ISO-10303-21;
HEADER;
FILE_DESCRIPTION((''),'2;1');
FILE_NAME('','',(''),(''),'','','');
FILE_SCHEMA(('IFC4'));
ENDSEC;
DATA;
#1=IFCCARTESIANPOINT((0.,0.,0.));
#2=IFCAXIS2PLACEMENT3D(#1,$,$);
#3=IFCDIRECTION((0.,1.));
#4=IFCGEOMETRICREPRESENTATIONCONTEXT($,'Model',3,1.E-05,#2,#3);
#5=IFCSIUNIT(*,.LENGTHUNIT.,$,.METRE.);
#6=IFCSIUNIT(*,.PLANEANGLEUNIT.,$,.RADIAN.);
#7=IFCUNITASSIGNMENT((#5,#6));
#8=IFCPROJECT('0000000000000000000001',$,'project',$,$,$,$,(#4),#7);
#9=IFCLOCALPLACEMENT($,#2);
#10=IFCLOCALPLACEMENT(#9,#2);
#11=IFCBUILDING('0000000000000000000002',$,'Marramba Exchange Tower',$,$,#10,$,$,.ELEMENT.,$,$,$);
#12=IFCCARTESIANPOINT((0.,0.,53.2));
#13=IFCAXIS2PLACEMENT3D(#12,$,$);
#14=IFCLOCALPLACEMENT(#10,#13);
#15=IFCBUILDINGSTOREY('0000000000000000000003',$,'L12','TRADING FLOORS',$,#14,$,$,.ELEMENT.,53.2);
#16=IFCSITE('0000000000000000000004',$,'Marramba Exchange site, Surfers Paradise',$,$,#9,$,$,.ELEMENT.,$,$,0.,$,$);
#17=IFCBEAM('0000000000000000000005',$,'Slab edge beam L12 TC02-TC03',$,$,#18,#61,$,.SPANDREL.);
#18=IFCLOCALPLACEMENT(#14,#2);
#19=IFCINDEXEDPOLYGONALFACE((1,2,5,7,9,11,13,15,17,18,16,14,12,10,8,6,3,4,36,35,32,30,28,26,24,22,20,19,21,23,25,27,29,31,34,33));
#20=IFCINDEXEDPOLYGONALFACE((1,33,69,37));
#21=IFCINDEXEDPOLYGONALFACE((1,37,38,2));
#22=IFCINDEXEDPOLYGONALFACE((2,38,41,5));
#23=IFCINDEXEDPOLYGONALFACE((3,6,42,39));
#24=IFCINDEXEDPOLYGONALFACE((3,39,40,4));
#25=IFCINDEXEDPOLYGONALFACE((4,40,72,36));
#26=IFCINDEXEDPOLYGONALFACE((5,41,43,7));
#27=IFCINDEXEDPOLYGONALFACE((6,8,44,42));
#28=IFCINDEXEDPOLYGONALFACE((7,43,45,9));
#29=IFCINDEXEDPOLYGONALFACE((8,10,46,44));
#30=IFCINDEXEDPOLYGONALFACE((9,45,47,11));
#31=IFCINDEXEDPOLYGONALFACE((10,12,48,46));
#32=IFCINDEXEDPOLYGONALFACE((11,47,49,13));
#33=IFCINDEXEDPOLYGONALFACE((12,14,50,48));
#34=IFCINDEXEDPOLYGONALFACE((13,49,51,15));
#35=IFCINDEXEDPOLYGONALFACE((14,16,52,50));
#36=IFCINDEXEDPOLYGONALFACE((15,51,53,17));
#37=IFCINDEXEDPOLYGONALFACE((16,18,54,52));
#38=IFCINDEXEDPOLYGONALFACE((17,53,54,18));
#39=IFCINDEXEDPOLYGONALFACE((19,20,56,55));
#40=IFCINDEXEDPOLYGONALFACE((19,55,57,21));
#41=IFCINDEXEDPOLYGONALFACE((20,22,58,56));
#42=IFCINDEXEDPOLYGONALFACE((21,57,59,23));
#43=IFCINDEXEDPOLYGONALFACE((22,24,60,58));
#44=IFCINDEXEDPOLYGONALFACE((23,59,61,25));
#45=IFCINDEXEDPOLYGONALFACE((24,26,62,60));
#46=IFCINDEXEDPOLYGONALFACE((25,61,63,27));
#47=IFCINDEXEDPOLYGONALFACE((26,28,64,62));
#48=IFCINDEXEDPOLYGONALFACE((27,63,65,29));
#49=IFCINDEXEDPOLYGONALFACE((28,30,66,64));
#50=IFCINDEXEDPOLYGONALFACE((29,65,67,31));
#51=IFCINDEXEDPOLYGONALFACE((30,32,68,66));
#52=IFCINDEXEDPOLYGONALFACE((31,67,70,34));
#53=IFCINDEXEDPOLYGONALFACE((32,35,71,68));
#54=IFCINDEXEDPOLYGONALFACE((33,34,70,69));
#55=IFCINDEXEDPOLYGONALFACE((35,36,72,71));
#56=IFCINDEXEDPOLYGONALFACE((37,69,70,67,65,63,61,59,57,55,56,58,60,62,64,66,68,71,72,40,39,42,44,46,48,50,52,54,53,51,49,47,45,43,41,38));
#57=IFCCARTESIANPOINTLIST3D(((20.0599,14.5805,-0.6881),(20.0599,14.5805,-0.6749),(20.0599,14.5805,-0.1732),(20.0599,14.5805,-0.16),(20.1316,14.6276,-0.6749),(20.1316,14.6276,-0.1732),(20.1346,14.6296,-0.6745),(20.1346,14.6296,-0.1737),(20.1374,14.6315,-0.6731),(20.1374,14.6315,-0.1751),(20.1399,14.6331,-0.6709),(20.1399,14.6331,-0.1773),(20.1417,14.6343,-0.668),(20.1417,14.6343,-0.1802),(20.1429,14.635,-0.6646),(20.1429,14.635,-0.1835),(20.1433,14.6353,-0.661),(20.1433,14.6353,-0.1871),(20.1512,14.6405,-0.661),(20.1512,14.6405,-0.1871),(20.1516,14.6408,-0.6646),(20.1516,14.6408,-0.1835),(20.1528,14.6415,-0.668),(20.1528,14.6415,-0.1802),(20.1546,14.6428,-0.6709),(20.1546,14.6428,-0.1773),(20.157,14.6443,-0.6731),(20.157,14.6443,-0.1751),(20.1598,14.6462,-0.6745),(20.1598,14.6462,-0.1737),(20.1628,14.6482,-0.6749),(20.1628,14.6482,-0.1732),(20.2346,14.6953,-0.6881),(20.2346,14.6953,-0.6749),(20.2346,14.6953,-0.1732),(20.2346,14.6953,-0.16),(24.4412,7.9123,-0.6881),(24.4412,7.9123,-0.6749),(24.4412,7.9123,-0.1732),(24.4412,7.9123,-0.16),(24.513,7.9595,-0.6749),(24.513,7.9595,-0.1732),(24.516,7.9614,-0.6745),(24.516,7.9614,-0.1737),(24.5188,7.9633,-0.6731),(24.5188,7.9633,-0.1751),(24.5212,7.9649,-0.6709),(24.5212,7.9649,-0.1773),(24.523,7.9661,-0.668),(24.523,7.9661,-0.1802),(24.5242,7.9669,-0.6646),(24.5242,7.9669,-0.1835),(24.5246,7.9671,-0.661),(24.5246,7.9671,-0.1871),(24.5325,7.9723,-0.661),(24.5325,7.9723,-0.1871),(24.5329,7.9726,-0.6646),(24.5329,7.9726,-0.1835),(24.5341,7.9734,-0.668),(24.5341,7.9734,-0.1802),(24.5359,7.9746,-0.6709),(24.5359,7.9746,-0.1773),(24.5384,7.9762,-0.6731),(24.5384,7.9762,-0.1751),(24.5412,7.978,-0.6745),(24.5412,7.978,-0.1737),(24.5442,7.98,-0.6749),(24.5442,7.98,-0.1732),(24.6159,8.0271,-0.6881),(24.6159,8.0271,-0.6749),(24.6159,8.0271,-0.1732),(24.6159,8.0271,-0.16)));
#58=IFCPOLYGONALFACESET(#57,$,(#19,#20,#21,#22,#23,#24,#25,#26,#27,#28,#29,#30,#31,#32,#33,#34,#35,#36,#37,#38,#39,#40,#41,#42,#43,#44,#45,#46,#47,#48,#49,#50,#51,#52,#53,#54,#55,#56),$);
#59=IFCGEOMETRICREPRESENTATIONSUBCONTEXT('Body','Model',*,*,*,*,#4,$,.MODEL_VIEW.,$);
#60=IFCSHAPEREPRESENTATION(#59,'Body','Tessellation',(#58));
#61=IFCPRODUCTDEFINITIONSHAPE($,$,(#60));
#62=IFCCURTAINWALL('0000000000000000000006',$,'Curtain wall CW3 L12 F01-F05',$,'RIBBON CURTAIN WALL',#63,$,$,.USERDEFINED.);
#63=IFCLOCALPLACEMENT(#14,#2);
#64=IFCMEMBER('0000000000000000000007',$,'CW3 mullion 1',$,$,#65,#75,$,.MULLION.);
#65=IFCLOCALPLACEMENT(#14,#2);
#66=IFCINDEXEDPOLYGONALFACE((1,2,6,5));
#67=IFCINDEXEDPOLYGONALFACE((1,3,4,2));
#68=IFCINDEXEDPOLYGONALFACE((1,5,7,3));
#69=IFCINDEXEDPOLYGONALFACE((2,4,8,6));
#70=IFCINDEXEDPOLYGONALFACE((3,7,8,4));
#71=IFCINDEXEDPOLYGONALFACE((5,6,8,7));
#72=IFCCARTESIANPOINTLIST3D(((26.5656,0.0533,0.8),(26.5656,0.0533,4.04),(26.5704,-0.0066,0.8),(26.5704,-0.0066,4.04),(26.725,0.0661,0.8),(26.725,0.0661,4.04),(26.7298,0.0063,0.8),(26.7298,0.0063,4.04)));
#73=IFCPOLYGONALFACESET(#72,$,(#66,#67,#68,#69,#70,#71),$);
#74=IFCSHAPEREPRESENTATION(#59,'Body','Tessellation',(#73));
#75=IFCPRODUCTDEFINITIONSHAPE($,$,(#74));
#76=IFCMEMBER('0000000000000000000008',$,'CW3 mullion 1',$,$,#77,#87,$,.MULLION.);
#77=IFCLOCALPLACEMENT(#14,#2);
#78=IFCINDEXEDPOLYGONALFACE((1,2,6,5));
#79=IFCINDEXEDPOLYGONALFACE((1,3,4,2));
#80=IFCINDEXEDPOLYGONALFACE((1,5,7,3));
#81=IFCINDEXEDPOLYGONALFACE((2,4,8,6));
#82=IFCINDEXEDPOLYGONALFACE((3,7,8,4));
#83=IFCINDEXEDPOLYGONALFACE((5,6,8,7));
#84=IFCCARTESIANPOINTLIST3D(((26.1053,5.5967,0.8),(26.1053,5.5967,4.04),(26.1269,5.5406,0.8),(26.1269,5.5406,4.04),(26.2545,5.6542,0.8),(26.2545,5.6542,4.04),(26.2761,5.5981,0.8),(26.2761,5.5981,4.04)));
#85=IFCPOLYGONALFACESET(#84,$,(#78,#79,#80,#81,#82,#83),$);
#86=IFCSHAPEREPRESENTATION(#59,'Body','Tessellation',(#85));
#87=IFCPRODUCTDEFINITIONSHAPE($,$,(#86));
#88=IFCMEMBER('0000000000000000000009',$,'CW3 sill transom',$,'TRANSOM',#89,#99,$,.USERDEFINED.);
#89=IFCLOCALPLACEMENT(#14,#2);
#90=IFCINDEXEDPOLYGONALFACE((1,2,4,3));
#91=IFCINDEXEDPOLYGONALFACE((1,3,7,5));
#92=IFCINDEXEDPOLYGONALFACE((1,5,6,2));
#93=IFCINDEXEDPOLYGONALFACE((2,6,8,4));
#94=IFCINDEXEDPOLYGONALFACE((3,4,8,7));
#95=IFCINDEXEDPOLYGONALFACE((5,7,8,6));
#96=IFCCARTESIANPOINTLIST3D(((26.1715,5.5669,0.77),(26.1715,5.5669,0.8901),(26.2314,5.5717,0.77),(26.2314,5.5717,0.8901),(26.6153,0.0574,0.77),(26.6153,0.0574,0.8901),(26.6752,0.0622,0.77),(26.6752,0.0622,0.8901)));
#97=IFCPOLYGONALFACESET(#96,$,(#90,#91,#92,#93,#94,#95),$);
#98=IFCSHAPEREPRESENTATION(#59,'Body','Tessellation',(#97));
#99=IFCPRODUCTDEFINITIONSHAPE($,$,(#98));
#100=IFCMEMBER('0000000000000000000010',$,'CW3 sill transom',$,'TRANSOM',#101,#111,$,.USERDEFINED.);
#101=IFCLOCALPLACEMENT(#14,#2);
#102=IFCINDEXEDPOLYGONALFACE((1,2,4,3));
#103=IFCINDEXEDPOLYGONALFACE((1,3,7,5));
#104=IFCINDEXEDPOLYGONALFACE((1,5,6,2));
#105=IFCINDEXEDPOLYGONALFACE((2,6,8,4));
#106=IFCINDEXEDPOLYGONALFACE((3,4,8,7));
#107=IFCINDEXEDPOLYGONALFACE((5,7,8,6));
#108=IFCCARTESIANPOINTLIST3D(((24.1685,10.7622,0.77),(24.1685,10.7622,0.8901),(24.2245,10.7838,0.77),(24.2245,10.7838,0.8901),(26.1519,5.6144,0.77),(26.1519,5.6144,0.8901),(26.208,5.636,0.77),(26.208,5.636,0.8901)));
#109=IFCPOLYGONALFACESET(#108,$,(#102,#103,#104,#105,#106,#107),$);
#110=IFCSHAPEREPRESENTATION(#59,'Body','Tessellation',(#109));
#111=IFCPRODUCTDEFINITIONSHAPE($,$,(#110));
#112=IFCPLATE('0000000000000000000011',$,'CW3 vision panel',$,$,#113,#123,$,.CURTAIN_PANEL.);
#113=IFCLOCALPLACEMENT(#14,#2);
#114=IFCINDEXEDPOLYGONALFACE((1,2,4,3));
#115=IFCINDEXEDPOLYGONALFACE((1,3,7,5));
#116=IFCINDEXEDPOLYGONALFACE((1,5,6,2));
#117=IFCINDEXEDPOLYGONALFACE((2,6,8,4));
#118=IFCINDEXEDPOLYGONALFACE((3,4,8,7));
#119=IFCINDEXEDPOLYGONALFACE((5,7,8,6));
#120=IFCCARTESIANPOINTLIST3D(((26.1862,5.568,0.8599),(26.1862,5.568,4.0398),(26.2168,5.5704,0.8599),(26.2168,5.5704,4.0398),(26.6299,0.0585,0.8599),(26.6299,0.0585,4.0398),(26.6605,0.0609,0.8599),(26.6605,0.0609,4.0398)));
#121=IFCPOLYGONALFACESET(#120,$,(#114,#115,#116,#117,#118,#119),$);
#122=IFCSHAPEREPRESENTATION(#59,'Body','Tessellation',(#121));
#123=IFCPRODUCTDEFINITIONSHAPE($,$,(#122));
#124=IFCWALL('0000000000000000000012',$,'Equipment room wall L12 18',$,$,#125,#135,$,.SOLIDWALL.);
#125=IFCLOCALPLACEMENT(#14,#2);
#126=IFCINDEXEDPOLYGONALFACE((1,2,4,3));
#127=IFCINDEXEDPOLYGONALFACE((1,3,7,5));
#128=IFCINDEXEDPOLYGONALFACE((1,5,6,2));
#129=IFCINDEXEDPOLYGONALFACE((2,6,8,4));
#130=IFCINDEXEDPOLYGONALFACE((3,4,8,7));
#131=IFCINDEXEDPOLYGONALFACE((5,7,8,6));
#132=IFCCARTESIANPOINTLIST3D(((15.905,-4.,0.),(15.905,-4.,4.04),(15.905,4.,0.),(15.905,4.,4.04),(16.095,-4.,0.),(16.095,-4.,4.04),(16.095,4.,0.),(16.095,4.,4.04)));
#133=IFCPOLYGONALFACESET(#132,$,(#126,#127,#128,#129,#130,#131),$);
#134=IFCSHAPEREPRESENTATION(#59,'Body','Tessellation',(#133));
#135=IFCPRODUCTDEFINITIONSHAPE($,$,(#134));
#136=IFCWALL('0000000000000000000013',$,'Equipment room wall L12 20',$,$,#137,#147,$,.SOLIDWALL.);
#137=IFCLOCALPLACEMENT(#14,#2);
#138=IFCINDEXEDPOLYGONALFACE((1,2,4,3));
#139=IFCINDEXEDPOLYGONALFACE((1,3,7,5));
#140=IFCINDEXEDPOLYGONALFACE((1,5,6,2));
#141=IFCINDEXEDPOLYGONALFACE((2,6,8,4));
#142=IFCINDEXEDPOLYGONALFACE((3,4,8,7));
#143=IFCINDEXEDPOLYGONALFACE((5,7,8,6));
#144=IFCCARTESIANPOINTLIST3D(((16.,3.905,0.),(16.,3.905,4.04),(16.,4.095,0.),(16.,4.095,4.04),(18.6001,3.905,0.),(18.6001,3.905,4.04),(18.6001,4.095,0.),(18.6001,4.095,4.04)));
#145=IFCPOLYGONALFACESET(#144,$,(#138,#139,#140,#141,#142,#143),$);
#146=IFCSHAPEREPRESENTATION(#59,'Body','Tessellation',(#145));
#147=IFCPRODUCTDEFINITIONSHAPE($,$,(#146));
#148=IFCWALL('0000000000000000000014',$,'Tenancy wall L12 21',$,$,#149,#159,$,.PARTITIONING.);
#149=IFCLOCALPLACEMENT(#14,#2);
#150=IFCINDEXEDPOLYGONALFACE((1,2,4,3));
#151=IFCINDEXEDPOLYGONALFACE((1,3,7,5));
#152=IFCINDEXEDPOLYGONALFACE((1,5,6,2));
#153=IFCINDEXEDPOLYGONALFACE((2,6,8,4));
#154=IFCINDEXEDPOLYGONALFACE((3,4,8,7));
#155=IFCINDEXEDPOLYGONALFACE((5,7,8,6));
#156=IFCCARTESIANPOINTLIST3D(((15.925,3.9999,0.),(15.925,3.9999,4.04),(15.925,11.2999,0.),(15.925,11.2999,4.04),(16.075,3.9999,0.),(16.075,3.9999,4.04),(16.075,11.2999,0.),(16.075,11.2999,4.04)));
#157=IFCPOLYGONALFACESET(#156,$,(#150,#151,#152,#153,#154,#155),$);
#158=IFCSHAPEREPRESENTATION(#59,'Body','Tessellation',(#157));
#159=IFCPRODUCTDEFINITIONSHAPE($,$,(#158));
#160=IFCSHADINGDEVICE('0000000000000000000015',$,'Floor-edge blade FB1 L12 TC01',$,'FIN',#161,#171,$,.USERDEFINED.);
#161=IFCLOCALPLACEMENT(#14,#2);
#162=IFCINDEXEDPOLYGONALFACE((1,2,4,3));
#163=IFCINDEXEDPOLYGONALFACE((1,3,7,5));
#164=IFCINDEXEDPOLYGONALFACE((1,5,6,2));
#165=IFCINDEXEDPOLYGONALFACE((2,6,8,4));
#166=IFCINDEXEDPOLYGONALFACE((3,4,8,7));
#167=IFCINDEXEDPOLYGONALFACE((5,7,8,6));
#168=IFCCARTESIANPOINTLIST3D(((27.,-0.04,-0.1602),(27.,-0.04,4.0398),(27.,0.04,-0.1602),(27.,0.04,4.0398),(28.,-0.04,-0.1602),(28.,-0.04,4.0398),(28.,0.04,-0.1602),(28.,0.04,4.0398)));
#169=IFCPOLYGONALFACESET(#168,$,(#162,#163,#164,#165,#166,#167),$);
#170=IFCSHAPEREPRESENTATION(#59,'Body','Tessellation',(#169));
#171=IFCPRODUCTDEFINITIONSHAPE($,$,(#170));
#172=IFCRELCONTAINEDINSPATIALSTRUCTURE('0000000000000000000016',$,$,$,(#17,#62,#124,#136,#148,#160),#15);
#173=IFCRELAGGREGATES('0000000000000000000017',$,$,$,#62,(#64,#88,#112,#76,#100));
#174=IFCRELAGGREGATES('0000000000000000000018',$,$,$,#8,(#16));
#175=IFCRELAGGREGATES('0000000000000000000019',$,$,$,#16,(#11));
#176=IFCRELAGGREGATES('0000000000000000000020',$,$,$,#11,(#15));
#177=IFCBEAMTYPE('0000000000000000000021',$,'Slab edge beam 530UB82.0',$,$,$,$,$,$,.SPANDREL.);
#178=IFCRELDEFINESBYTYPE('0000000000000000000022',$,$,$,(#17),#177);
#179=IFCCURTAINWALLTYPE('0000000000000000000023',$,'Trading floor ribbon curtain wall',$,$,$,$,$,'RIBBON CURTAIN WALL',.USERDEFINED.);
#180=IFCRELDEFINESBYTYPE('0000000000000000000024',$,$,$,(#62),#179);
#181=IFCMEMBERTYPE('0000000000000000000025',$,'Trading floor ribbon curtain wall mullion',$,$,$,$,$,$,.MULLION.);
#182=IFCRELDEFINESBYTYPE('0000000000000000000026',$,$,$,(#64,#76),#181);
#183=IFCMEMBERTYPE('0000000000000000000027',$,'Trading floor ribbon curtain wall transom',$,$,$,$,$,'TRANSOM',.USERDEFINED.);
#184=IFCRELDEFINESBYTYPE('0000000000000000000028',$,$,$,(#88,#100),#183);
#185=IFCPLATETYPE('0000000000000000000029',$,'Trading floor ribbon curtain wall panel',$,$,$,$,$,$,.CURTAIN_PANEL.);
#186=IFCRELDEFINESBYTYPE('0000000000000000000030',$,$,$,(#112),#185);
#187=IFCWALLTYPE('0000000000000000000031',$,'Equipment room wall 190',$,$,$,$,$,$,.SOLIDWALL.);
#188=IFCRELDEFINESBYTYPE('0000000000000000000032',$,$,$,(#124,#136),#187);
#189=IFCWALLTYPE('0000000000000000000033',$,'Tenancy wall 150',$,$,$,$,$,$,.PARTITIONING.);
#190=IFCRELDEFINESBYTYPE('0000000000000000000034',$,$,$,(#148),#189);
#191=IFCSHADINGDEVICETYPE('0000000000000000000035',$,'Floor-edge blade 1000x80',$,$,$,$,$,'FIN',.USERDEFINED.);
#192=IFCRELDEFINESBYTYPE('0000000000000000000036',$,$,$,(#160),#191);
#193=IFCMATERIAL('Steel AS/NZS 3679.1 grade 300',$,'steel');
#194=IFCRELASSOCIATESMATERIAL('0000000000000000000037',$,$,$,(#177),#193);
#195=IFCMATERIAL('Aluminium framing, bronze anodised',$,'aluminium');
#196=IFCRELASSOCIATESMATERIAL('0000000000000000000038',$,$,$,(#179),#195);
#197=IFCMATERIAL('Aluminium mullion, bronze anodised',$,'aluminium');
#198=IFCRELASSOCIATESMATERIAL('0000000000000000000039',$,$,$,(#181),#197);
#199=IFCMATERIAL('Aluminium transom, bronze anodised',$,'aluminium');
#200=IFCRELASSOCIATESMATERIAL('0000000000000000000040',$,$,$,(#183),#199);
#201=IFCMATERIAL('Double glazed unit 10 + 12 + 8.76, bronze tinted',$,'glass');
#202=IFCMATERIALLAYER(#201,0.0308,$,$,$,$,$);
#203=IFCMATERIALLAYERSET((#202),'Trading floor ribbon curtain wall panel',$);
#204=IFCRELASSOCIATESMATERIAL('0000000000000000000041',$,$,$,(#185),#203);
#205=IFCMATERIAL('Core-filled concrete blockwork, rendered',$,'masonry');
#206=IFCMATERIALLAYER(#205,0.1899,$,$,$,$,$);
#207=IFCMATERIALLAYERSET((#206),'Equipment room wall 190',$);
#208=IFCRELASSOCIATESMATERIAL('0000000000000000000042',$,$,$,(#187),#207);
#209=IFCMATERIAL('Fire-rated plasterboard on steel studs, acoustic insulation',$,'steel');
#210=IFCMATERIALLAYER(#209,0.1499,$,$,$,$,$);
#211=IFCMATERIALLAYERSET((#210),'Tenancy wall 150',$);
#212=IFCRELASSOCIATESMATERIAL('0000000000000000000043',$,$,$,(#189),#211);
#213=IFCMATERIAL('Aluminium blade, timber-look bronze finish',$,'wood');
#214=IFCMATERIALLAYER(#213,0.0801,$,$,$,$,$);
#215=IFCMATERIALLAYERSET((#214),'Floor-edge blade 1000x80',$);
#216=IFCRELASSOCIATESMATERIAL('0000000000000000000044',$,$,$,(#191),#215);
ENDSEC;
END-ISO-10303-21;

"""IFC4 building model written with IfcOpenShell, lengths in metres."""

from ifc_helpers import new_model, si_unit, direction, frame, frame_2d, origin, origin_2d, place, context, subcontext, project, spatial, rectangle, i_section, extrude, material, layer, layer_set, material_profile, profile_set, type_object, element, aggregate, save


model = new_model("IFC4")

# Units and contexts
model_context = context("Model", 3, precision=1e-05, world=origin(), true_north=direction((0.0, 1.0)))
body_context = subcontext(model_context, "Body", "Model", "MODEL_VIEW")
ifc_project = project(units=[si_unit("LENGTHUNIT", "METRE"), si_unit("PLANEANGLEUNIT", "RADIAN")], contexts=[model_context])

# Site, building, storey
site_placement = place(None, origin())
site = spatial("IfcSite", under=ifc_project, at=site_placement, Name="Marramba Exchange site, Surfers Paradise", CompositionType="ELEMENT", RefElevation=0.0)
building_placement = place(site_placement, origin())
building = spatial("IfcBuilding", under=site, at=building_placement, Name="Marramba Exchange Tower", CompositionType="ELEMENT")
storey_placement = place(building_placement, frame((0.0, 0.0, 53.2)))
storey = spatial("IfcBuildingStorey", under=building, at=storey_placement, Name="L12", Description="TRADING FLOORS", CompositionType="ELEMENT", Elevation=53.2)

# Beam
ifc_material_1 = material(Name="Steel AS/NZS 3679.1 grade 300", Category="steel")
ifc_material_profile_1 = material_profile(ifc_material_1, i_section(OverallWidth=0.209, OverallDepth=0.5281, WebThickness=0.0095, FlangeThickness=0.0132, FilletRadius=0.0139, at=origin_2d()), Name="530UB82.0")
ifc_profile_set_1 = profile_set([ifc_material_profile_1], Name="Steel AS/NZS 3679.1 grade 300")
beam_type_1 = type_object("IfcBeamType", Name="Slab edge beam 530UB82.0", PredefinedType="SPANDREL", material=ifc_profile_set_1)
beam_1_placement = place(storey_placement, frame((24.5286, 7.9697, -0.4241), z_axis=(-0.549124, 0.835741, 0.0), x_axis=(-0.835741, -0.549124, 0.0)))
element("IfcBeam", 1, at=beam_1_placement, inside=storey, type_object=beam_type_1, Name="Slab edge beam L12 TC02-TC03", PredefinedType="SPANDREL", context=body_context, shape_type="SweptSolid", body=[
    extrude(i_section(OverallWidth=0.209, OverallDepth=0.5281, WebThickness=0.0095, FlangeThickness=0.0132, FilletRadius=0.0139, at=origin_2d()), origin(), (0.0, 0.0, 1.0), 7.9788),
])

# Curtain wall, members, plate
ifc_material_2 = material(Name="Aluminium framing, bronze anodised", Category="aluminium")
curtain_wall_type = type_object("IfcCurtainWallType", Name="Trading floor ribbon curtain wall", ElementType="RIBBON CURTAIN WALL", PredefinedType="USERDEFINED", material=ifc_material_2)
curtain_wall_placement = place(storey_placement, origin())
curtain_wall = element("IfcCurtainWall", 2, at=curtain_wall_placement, inside=storey, type_object=curtain_wall_type, Name="Curtain wall CW3 L12 F01-F05", ObjectType="RIBBON CURTAIN WALL", PredefinedType="USERDEFINED")
ifc_material_3 = material(Name="Aluminium mullion, bronze anodised", Category="aluminium")
ifc_material_profile_2 = material_profile(ifc_material_3, rectangle(XDim=0.1599, YDim=0.0601, at=origin_2d()), Name="CW3 mullion 60x160")
ifc_profile_set_2 = profile_set([ifc_material_profile_2], Name="Aluminium mullion, bronze anodised")
member_type_1 = type_object("IfcMemberType", Name="Trading floor ribbon curtain wall mullion", PredefinedType="MULLION", material=ifc_profile_set_2)
member_1_placement = place(storey_placement, frame((26.6477, 0.0298, 0.8), z_axis=(0.0, 0.0, 1.0), x_axis=(-0.996773, -0.080275, 0.0)))
member_1 = element("IfcMember", 3, at=member_1_placement, type_object=member_type_1, Name="CW3 mullion 1", PredefinedType="MULLION", context=body_context, shape_type="SweptSolid", body=[
    extrude(rectangle(XDim=0.1599, YDim=0.0601, at=origin_2d()), origin(), (0.0, 0.0, 1.0), 3.24),
])
member_2_placement = place(storey_placement, frame((26.1907, 5.5974, 0.8), z_axis=(0.0, 0.0, 1.0), x_axis=(-0.933135, -0.359526, 0.0)))
member_2 = element("IfcMember", 4, at=member_2_placement, type_object=member_type_1, Name="CW3 mullion 1", PredefinedType="MULLION", context=body_context, shape_type="SweptSolid", body=[
    extrude(rectangle(XDim=0.1599, YDim=0.0601, at=origin_2d()), origin(), (0.0, 0.0, 1.0), 3.24),
])
ifc_material_4 = material(Name="Aluminium transom, bronze anodised", Category="aluminium")
ifc_material_profile_3 = material_profile(ifc_material_4, rectangle(XDim=0.0601, YDim=0.1201, at=origin_2d()), Name="CW3 transom 60x120")
ifc_profile_set_3 = profile_set([ifc_material_profile_3], Name="Aluminium transom, bronze anodised")
member_type_2 = type_object("IfcMemberType", Name="Trading floor ribbon curtain wall transom", ElementType="TRANSOM", PredefinedType="USERDEFINED", material=ifc_profile_set_3)
member_3_placement = place(storey_placement, frame((26.6453, 0.0598, 0.8301), z_axis=(-0.0803, 0.996771, 0.0), x_axis=(-0.996771, -0.0803, 0.0)))
member_3 = element("IfcMember", 5, at=member_3_placement, type_object=member_type_2, Name="CW3 sill transom", ObjectType="TRANSOM", PredefinedType="USERDEFINED", context=body_context, shape_type="SweptSolid", body=[
    extrude(rectangle(XDim=0.0601, YDim=0.1201, at=origin_2d()), origin(), (0.0, 0.0, 1.0), 5.5273),
])
member_4_placement = place(storey_placement, frame((26.1799, 5.6252, 0.8301), z_axis=(-0.359534, 0.933132, 0.0), x_axis=(-0.933132, -0.359534, 0.0)))
member_4 = element("IfcMember", 6, at=member_4_placement, type_object=member_type_2, Name="CW3 sill transom", ObjectType="TRANSOM", PredefinedType="USERDEFINED", context=body_context, shape_type="SweptSolid", body=[
    extrude(rectangle(XDim=0.0601, YDim=0.1201, at=origin_2d()), origin(), (0.0, 0.0, 1.0), 5.5166),
])
ifc_material_5 = material(Name="Double glazed unit 10 + 12 + 8.76, bronze tinted", Category="glass")
ifc_layer_1 = layer(ifc_material_5, 0.0308)
ifc_layer_set_1 = layer_set([ifc_layer_1], Name="Trading floor ribbon curtain wall panel")
plate_type = type_object("IfcPlateType", Name="Trading floor ribbon curtain wall panel", PredefinedType="CURTAIN_PANEL", material=ifc_layer_set_1)
plate_placement = place(storey_placement, frame((26.4233, 2.8145, 0.8599), z_axis=(0.0, 0.0, 1.0), x_axis=(-0.080275, 0.996773, 0.0)))
plate = element("IfcPlate", 7, at=plate_placement, type_object=plate_type, Name="CW3 vision panel", PredefinedType="CURTAIN_PANEL", context=body_context, shape_type="SweptSolid", body=[
    extrude(rectangle(XDim=5.5273, YDim=0.0308, at=origin_2d()), origin(), (0.0, 0.0, 1.0), 3.1799),
])
aggregate(curtain_wall, [member_1, member_3, plate, member_2, member_4])

# Walls
ifc_material_6 = material(Name="Core-filled concrete blockwork, rendered", Category="masonry")
ifc_layer_2 = layer(ifc_material_6, 0.1899)
ifc_layer_set_2 = layer_set([ifc_layer_2], Name="Equipment room wall 190")
wall_type_1 = type_object("IfcWallType", Name="Equipment room wall 190", PredefinedType="SOLIDWALL", material=ifc_layer_set_2)
wall_1_placement = place(storey_placement, frame((16.0, 4.0, 0.0), z_axis=(0.0, 0.0, 1.0), x_axis=(0.0, -1.0, 0.0)))
element("IfcWall", 8, at=wall_1_placement, inside=storey, type_object=wall_type_1, Name="Equipment room wall L12 18", PredefinedType="SOLIDWALL", context=body_context, shape_type="SweptSolid", body=[
    extrude(rectangle(XDim=8.0, YDim=0.1899, at=frame_2d((4.0, 0.0))), origin(), (0.0, 0.0, 1.0), 4.04),
])
wall_2_placement = place(storey_placement, frame((18.6001, 4.0, 0.0), z_axis=(0.0, 0.0, 1.0), x_axis=(-1.0, 0.0, 0.0)))
element("IfcWall", 9, at=wall_2_placement, inside=storey, type_object=wall_type_1, Name="Equipment room wall L12 20", PredefinedType="SOLIDWALL", context=body_context, shape_type="SweptSolid", body=[
    extrude(rectangle(XDim=2.6001, YDim=0.1899, at=frame_2d((1.3, 0.0))), origin(), (0.0, 0.0, 1.0), 4.04),
])
ifc_material_7 = material(Name="Fire-rated plasterboard on steel studs, acoustic insulation", Category="steel")
ifc_layer_3 = layer(ifc_material_7, 0.1499)
ifc_layer_set_3 = layer_set([ifc_layer_3], Name="Tenancy wall 150")
wall_type_2 = type_object("IfcWallType", Name="Tenancy wall 150", PredefinedType="PARTITIONING", material=ifc_layer_set_3)
wall_3_placement = place(storey_placement, frame((16.0, 4.0, 0.0), z_axis=(0.0, 0.0, 1.0), x_axis=(0.0, 1.0, 0.0)))
element("IfcWall", 10, at=wall_3_placement, inside=storey, type_object=wall_type_2, Name="Tenancy wall L12 21", PredefinedType="PARTITIONING", context=body_context, shape_type="SweptSolid", body=[
    extrude(rectangle(XDim=7.3, YDim=0.1499, at=frame_2d((3.6499, 0.0))), origin(), (0.0, 0.0, 1.0), 4.04),
])

# Shading device
ifc_material_8 = material(Name="Aluminium blade, timber-look bronze finish", Category="wood")
ifc_layer_4 = layer(ifc_material_8, 0.0801)
ifc_layer_set_4 = layer_set([ifc_layer_4], Name="Floor-edge blade 1000x80")
shading_device_type_1 = type_object("IfcShadingDeviceType", Name="Floor-edge blade 1000x80", ElementType="FIN", PredefinedType="USERDEFINED", material=ifc_layer_set_4)
shading_device_1_placement = place(storey_placement, frame((27.5, 0.0, -0.1602), z_axis=(0.0, 0.0, 1.0), x_axis=(1.0, 0.0, 0.0)))
element("IfcShadingDevice", 11, at=shading_device_1_placement, inside=storey, type_object=shading_device_type_1, Name="Floor-edge blade FB1 L12 TC01", ObjectType="FIN", PredefinedType="USERDEFINED", context=body_context, shape_type="SweptSolid", body=[
    extrude(rectangle(XDim=1.0, YDim=0.0801, at=origin_2d()), origin(), (0.0, 0.0, 1.0), 4.2),
])

save(model, "model.ifc")
